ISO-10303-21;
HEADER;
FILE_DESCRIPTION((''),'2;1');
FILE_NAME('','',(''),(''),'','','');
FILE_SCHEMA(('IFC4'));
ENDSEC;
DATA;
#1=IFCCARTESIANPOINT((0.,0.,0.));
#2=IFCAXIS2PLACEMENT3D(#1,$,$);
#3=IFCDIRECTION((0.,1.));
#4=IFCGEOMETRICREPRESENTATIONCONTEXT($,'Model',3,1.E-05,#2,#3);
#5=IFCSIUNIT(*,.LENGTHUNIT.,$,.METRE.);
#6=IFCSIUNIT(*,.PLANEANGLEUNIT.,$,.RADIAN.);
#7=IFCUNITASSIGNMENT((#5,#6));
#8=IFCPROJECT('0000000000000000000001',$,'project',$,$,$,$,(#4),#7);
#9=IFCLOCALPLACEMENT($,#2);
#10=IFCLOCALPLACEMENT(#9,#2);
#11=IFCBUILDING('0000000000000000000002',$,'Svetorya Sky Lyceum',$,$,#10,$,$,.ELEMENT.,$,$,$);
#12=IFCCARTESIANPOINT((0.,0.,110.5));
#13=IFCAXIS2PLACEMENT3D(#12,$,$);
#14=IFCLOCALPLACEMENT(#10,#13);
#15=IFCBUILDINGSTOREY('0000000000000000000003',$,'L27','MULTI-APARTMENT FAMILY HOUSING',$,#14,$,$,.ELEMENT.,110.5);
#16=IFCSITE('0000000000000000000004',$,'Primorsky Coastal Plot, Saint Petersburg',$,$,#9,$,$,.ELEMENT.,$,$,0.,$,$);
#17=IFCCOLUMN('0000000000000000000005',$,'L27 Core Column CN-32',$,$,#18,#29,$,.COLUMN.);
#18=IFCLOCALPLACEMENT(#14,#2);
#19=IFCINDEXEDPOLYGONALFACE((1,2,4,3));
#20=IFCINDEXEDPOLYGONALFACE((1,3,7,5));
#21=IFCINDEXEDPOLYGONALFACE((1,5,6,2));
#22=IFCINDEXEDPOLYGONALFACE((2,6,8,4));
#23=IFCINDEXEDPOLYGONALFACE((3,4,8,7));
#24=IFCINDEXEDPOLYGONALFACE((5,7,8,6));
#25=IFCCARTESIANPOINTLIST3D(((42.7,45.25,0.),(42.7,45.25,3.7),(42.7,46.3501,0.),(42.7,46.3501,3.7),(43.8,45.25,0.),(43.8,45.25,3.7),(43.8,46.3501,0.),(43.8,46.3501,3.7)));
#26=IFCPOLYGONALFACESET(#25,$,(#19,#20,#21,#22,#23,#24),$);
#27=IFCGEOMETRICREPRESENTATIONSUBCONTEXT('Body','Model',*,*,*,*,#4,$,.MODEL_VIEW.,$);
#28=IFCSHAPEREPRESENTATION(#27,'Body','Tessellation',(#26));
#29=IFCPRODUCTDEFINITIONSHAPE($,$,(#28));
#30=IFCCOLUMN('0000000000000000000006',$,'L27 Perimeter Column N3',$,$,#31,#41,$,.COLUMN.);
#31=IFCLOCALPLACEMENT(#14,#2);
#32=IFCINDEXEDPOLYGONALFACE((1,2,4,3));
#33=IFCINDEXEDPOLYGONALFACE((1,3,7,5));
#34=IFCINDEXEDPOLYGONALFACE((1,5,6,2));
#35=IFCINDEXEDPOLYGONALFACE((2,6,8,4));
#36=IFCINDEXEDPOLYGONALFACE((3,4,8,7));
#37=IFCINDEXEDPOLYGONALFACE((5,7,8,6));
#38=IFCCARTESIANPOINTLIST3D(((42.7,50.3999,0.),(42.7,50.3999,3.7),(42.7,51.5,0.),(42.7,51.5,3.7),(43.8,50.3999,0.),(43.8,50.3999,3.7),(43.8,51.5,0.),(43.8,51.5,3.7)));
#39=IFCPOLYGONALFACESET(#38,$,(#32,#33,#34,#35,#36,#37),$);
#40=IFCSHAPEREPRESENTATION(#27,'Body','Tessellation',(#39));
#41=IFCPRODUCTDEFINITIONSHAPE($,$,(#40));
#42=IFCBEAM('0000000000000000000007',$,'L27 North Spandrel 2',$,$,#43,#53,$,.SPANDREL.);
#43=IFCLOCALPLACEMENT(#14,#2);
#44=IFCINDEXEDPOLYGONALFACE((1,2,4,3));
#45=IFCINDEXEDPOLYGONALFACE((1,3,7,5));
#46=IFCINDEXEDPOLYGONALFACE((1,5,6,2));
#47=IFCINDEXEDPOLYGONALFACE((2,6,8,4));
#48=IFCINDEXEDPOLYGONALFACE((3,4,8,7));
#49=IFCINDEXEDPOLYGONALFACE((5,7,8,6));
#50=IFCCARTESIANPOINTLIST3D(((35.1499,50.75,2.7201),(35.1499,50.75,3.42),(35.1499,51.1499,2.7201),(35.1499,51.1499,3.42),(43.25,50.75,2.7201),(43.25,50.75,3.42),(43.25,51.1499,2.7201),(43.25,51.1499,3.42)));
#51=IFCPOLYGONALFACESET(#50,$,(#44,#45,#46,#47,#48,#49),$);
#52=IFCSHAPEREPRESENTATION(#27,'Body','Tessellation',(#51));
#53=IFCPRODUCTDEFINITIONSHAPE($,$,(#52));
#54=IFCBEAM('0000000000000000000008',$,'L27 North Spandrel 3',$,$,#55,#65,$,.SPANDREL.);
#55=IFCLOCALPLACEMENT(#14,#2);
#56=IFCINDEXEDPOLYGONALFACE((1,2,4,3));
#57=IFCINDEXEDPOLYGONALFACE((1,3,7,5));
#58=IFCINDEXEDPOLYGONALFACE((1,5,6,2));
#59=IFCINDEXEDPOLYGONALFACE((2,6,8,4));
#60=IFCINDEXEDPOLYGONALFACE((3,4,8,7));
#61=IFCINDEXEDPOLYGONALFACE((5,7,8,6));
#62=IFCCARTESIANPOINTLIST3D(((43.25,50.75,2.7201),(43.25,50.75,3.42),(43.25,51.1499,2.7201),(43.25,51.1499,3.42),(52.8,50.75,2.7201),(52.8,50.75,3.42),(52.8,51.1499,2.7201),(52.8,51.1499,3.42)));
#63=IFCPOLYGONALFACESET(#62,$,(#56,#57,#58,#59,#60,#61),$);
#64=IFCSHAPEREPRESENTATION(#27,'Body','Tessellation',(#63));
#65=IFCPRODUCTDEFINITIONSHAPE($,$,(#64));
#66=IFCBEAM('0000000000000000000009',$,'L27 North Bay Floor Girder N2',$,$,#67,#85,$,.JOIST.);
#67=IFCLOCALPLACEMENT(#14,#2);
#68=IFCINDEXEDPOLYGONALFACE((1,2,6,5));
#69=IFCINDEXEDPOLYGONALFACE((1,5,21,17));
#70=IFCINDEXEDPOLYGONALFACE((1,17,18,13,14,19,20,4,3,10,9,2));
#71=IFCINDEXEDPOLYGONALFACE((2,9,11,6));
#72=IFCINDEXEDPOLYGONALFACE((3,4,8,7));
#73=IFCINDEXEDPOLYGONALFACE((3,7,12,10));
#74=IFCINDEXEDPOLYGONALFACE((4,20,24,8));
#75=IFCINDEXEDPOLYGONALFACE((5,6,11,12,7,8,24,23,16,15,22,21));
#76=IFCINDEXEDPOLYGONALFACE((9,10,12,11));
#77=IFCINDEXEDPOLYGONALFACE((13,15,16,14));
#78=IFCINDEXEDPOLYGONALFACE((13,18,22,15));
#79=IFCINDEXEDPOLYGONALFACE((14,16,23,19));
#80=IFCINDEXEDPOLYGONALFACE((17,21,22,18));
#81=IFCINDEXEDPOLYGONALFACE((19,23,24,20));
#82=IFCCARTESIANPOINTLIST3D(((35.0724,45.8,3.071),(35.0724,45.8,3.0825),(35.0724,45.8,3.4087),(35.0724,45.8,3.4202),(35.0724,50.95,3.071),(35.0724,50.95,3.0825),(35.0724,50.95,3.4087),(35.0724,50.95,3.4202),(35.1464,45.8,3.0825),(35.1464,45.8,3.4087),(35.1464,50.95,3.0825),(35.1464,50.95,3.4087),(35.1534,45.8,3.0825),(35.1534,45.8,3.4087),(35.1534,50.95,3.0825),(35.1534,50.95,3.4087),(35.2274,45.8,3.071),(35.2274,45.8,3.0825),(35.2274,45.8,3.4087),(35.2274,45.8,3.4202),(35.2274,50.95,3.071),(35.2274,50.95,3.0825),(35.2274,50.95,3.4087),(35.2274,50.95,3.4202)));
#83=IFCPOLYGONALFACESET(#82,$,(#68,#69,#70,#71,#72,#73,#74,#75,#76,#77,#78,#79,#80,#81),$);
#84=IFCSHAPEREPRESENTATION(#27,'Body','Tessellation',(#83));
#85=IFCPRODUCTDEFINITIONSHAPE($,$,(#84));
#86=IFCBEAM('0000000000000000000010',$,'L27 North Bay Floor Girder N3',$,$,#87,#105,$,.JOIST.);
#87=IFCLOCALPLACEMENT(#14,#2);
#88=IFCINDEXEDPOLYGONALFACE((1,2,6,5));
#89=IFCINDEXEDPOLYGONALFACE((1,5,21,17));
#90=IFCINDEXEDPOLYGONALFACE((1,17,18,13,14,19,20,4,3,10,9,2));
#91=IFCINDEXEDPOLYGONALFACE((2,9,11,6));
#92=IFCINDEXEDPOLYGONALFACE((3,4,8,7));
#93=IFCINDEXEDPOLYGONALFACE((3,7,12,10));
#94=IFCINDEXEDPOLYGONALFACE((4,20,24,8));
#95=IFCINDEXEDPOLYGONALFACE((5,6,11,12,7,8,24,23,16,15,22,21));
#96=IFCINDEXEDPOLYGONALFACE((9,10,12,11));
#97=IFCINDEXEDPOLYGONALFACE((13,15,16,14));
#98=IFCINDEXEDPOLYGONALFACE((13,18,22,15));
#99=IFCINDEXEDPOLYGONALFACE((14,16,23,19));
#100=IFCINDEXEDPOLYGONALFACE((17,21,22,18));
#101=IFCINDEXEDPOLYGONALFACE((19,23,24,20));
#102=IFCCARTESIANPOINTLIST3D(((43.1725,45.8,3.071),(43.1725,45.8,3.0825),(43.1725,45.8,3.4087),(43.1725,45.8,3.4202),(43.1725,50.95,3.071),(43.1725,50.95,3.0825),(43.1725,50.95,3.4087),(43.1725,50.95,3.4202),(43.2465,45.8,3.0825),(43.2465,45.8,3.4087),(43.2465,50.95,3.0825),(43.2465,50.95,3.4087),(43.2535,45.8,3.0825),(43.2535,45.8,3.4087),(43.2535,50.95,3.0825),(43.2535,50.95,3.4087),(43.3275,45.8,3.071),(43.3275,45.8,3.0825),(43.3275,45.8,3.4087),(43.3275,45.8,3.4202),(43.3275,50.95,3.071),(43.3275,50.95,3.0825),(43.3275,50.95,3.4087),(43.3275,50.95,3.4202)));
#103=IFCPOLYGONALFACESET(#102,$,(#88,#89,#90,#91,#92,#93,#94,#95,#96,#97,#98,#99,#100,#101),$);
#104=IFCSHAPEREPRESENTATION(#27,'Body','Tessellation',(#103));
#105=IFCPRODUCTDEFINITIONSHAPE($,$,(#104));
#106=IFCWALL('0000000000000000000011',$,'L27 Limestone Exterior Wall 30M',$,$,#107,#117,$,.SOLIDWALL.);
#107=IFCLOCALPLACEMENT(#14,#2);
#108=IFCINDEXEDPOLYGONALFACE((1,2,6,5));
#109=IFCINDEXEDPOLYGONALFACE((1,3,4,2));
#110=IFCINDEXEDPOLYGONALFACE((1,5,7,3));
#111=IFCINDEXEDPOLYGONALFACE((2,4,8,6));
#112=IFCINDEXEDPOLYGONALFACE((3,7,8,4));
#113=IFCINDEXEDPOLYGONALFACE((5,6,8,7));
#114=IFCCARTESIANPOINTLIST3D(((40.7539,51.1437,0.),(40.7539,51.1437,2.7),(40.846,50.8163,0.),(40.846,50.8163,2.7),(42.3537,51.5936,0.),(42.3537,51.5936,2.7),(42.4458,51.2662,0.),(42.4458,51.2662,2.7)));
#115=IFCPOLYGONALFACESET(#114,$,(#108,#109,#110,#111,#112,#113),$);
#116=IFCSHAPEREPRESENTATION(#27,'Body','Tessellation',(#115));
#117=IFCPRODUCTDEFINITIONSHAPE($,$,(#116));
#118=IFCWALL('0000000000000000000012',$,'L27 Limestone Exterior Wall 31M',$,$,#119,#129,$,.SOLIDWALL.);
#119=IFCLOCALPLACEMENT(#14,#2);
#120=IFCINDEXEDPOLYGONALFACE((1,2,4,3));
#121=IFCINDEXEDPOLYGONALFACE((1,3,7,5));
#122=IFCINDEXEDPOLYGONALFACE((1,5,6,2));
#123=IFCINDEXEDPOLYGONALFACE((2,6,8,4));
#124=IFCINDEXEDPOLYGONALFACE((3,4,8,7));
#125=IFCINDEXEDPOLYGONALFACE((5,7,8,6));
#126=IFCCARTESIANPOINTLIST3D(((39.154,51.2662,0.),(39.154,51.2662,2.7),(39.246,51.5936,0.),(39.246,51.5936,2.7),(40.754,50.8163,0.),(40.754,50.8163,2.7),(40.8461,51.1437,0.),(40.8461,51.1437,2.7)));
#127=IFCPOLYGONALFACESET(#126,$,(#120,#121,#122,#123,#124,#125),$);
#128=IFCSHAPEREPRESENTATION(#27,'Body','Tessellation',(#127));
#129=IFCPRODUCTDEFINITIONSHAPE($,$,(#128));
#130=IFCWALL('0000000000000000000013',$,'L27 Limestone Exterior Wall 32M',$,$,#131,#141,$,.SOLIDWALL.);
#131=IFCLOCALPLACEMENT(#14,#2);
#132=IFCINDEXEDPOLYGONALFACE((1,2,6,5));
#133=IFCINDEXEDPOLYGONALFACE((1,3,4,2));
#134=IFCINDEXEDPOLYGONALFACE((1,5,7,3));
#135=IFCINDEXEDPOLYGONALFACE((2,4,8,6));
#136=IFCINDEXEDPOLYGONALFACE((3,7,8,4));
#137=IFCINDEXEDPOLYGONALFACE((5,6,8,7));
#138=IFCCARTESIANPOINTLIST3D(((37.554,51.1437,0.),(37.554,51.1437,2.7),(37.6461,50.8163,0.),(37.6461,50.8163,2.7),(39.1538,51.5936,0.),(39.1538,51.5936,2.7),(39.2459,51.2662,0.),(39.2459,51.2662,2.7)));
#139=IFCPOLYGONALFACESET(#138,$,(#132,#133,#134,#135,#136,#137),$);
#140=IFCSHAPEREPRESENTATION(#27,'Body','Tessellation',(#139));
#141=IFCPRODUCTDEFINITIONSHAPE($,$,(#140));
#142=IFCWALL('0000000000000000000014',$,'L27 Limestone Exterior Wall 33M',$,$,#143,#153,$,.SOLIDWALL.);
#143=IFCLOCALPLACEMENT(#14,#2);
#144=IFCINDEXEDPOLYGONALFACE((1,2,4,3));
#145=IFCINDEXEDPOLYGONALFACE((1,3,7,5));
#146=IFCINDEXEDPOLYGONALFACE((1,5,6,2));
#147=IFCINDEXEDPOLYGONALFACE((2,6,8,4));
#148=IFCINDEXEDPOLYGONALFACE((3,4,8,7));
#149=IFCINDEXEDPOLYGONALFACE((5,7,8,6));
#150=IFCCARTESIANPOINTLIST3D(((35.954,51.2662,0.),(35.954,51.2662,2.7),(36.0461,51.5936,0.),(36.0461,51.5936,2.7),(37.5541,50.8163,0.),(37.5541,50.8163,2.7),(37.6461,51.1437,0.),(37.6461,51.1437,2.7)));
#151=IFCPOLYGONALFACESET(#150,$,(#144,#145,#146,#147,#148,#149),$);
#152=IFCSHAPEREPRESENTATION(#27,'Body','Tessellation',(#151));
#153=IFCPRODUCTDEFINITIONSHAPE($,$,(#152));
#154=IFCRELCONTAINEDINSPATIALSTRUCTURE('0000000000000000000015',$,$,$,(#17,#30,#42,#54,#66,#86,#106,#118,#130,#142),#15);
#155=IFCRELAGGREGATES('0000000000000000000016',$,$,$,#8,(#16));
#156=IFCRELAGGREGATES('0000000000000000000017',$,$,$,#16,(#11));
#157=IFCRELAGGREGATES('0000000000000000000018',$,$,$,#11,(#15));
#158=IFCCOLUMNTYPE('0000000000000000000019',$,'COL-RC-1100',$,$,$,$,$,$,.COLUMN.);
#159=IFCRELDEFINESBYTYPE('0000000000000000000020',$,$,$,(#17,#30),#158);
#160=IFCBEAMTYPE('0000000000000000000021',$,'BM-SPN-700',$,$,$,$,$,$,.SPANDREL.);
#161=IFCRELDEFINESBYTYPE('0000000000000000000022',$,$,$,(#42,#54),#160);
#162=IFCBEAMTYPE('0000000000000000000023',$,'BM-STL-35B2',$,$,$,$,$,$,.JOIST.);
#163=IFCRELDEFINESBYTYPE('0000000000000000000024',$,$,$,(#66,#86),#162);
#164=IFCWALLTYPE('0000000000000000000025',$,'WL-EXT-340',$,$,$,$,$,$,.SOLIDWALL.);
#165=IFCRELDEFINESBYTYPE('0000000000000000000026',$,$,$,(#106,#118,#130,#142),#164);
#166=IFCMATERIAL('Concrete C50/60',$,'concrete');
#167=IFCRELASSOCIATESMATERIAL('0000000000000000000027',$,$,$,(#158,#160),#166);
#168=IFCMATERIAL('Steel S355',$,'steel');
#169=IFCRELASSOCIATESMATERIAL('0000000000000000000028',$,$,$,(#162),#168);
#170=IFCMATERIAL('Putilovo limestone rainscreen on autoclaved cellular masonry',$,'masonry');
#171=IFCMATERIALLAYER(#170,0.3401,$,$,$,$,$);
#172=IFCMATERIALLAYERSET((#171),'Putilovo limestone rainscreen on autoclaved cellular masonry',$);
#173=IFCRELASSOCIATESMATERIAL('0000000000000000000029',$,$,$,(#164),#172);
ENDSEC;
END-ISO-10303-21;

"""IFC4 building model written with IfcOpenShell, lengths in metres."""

from ifc_helpers import new_model, si_unit, direction, frame, frame_2d, origin, origin_2d, place, context, subcontext, project, spatial, rectangle, i_section, extrude, material, layer, layer_set, material_profile, profile_set, type_object, element, save


model = new_model("IFC4")

# Units and contexts
model_context = context("Model", 3, precision=1e-05, world=origin(), true_north=direction((0.0, 1.0)))
body_context = subcontext(model_context, "Body", "Model", "MODEL_VIEW")
ifc_project = project(units=[si_unit("LENGTHUNIT", "METRE"), si_unit("PLANEANGLEUNIT", "RADIAN")], contexts=[model_context])

# Site, building, storey
site_placement = place(None, origin())
site = spatial("IfcSite", under=ifc_project, at=site_placement, Name="Primorsky Coastal Plot, Saint Petersburg", CompositionType="ELEMENT", RefElevation=0.0)
building_placement = place(site_placement, origin())
building = spatial("IfcBuilding", under=site, at=building_placement, Name="Svetorya Sky Lyceum", CompositionType="ELEMENT")
storey_placement = place(building_placement, frame((0.0, 0.0, 110.5)))
storey = spatial("IfcBuildingStorey", under=building, at=storey_placement, Name="L27", Description="MULTI-APARTMENT FAMILY HOUSING", CompositionType="ELEMENT", Elevation=110.5)

# Columns
ifc_material_1 = material(Name="Concrete C50/60", Category="concrete")
ifc_material_profile_1 = material_profile(ifc_material_1, rectangle(XDim=1.1001, YDim=1.1001, at=origin_2d()), Name="RC COL 1100x1100")
ifc_profile_set_1 = profile_set([ifc_material_profile_1], Name="Concrete C50/60")
column_type = type_object("IfcColumnType", Name="COL-RC-1100", PredefinedType="COLUMN", material=ifc_profile_set_1)
for number, where, z_axis, x_axis, name in (
    (1, (43.25, 45.8, 0.0), (0.0, 0.0, 1.0), (1.0, 0.0, 0.0), "L27 Core Column CN-32"),
    (2, (43.25, 50.95, 0.0), (0.0, 0.0, 1.0), (1.0, 0.0, 0.0), "L27 Perimeter Column N3"),
):
    element("IfcColumn", number, at=place(storey_placement, frame(where, z_axis=z_axis, x_axis=x_axis)), inside=storey, type_object=column_type, Name=name, PredefinedType="COLUMN", context=body_context, shape_type="SweptSolid", body=[
        extrude(rectangle(XDim=1.1001, YDim=1.1001, at=origin_2d()), origin(), (0.0, 0.0, 1.0), 3.7),
    ])

# Beams
ifc_material_profile_2 = material_profile(ifc_material_1, rectangle(XDim=0.3999, YDim=0.7, at=origin_2d()), Name="RC SPANDREL 400x700")
ifc_profile_set_2 = profile_set([ifc_material_profile_2], Name="Concrete C50/60")
beam_type_1 = type_object("IfcBeamType", Name="BM-SPN-700", PredefinedType="SPANDREL", material=ifc_profile_set_2)
beam_1_placement = place(storey_placement, frame((35.1499, 50.95, 3.0701), z_axis=(1.0, 0.0, 0.0), x_axis=(0.0, 1.0, 0.0)))
element("IfcBeam", 3, at=beam_1_placement, inside=storey, type_object=beam_type_1, Name="L27 North Spandrel 2", PredefinedType="SPANDREL", context=body_context, shape_type="SweptSolid", body=[
    extrude(rectangle(XDim=0.3999, YDim=0.7, at=origin_2d()), origin(), (0.0, 0.0, 1.0), 8.1001),
])
beam_2_placement = place(storey_placement, frame((43.25, 50.95, 3.0701), z_axis=(1.0, 0.0, 0.0), x_axis=(0.0, 1.0, 0.0)))
element("IfcBeam", 4, at=beam_2_placement, inside=storey, type_object=beam_type_1, Name="L27 North Spandrel 3", PredefinedType="SPANDREL", context=body_context, shape_type="SweptSolid", body=[
    extrude(rectangle(XDim=0.3999, YDim=0.7, at=origin_2d()), origin(), (0.0, 0.0, 1.0), 9.55),
])
ifc_material_2 = material(Name="Steel S355", Category="steel")
ifc_material_profile_3 = material_profile(ifc_material_2, i_section(OverallWidth=0.155, OverallDepth=0.3491, WebThickness=0.0071, FlangeThickness=0.0115, at=origin_2d()), Name="GOST 35B2")
ifc_profile_set_3 = profile_set([ifc_material_profile_3], Name="Steel S355")
beam_type_2 = type_object("IfcBeamType", Name="BM-STL-35B2", PredefinedType="JOIST", material=ifc_profile_set_3)
for number, where, z_axis, x_axis, name in (
    (5, (35.1499, 45.8, 3.2456), (0.0, 1.0, 0.0), (-1.0, 0.0, 0.0), "L27 North Bay Floor Girder N2"),
    (6, (43.25, 45.8, 3.2456), (0.0, 1.0, 0.0), (-1.0, 0.0, 0.0), "L27 North Bay Floor Girder N3"),
):
    element("IfcBeam", number, at=place(storey_placement, frame(where, z_axis=z_axis, x_axis=x_axis)), inside=storey, type_object=beam_type_2, Name=name, PredefinedType="JOIST", context=body_context, shape_type="SweptSolid", body=[
        extrude(i_section(OverallWidth=0.155, OverallDepth=0.3491, WebThickness=0.0071, FlangeThickness=0.0115, at=origin_2d()), origin(), (0.0, 0.0, 1.0), 5.1499),
    ])

# Walls
ifc_material_3 = material(Name="Putilovo limestone rainscreen on autoclaved cellular masonry", Category="masonry")
ifc_layer_1 = layer(ifc_material_3, 0.3401)
ifc_layer_set_1 = layer_set([ifc_layer_1], Name="Putilovo limestone rainscreen on autoclaved cellular masonry")
wall_type_1 = type_object("IfcWallType", Name="WL-EXT-340", PredefinedType="SOLIDWALL", material=ifc_layer_set_1)
wall_1_placement = place(storey_placement, frame((42.3999, 51.4299, 0.0), z_axis=(0.0, 0.0, 1.0), x_axis=(-0.962652, -0.270741, 0.0)))
element("IfcWall", 7, at=wall_1_placement, inside=storey, type_object=wall_type_1, Name="L27 Limestone Exterior Wall 30M", PredefinedType="SOLIDWALL", context=body_context, shape_type="SweptSolid", body=[
    extrude(rectangle(XDim=1.6619, YDim=0.3401, at=frame_2d((0.8311, 0.0))), origin(), (0.0, 0.0, 1.0), 2.7),
])
wall_2_placement = place(storey_placement, frame((40.8, 50.98, 0.0), z_axis=(0.0, 0.0, 1.0), x_axis=(-0.962663, 0.270703, 0.0)))
element("IfcWall", 8, at=wall_2_placement, inside=storey, type_object=wall_type_1, Name="L27 Limestone Exterior Wall 31M", PredefinedType="SOLIDWALL", context=body_context, shape_type="SweptSolid", body=[
    extrude(rectangle(XDim=1.6621, YDim=0.3401, at=frame_2d((0.8311, 0.0))), origin(), (0.0, 0.0, 1.0), 2.7),
])
wall_3_placement = place(storey_placement, frame((39.2, 51.4299, 0.0), z_axis=(0.0, 0.0, 1.0), x_axis=(-0.962652, -0.270741, 0.0)))
element("IfcWall", 9, at=wall_3_placement, inside=storey, type_object=wall_type_1, Name="L27 Limestone Exterior Wall 32M", PredefinedType="SOLIDWALL", context=body_context, shape_type="SweptSolid", body=[
    extrude(rectangle(XDim=1.6619, YDim=0.3401, at=frame_2d((0.8311, 0.0))), origin(), (0.0, 0.0, 1.0), 2.7),
])
wall_4_placement = place(storey_placement, frame((37.6001, 50.98, 0.0), z_axis=(0.0, 0.0, 1.0), x_axis=(-0.962663, 0.270703, 0.0)))
element("IfcWall", 10, at=wall_4_placement, inside=storey, type_object=wall_type_1, Name="L27 Limestone Exterior Wall 33M", PredefinedType="SOLIDWALL", context=body_context, shape_type="SweptSolid", body=[
    extrude(rectangle(XDim=1.6621, YDim=0.3401, at=frame_2d((0.8311, 0.0))), origin(), (0.0, 0.0, 1.0), 2.7),
])

save(model, "model.ifc")
